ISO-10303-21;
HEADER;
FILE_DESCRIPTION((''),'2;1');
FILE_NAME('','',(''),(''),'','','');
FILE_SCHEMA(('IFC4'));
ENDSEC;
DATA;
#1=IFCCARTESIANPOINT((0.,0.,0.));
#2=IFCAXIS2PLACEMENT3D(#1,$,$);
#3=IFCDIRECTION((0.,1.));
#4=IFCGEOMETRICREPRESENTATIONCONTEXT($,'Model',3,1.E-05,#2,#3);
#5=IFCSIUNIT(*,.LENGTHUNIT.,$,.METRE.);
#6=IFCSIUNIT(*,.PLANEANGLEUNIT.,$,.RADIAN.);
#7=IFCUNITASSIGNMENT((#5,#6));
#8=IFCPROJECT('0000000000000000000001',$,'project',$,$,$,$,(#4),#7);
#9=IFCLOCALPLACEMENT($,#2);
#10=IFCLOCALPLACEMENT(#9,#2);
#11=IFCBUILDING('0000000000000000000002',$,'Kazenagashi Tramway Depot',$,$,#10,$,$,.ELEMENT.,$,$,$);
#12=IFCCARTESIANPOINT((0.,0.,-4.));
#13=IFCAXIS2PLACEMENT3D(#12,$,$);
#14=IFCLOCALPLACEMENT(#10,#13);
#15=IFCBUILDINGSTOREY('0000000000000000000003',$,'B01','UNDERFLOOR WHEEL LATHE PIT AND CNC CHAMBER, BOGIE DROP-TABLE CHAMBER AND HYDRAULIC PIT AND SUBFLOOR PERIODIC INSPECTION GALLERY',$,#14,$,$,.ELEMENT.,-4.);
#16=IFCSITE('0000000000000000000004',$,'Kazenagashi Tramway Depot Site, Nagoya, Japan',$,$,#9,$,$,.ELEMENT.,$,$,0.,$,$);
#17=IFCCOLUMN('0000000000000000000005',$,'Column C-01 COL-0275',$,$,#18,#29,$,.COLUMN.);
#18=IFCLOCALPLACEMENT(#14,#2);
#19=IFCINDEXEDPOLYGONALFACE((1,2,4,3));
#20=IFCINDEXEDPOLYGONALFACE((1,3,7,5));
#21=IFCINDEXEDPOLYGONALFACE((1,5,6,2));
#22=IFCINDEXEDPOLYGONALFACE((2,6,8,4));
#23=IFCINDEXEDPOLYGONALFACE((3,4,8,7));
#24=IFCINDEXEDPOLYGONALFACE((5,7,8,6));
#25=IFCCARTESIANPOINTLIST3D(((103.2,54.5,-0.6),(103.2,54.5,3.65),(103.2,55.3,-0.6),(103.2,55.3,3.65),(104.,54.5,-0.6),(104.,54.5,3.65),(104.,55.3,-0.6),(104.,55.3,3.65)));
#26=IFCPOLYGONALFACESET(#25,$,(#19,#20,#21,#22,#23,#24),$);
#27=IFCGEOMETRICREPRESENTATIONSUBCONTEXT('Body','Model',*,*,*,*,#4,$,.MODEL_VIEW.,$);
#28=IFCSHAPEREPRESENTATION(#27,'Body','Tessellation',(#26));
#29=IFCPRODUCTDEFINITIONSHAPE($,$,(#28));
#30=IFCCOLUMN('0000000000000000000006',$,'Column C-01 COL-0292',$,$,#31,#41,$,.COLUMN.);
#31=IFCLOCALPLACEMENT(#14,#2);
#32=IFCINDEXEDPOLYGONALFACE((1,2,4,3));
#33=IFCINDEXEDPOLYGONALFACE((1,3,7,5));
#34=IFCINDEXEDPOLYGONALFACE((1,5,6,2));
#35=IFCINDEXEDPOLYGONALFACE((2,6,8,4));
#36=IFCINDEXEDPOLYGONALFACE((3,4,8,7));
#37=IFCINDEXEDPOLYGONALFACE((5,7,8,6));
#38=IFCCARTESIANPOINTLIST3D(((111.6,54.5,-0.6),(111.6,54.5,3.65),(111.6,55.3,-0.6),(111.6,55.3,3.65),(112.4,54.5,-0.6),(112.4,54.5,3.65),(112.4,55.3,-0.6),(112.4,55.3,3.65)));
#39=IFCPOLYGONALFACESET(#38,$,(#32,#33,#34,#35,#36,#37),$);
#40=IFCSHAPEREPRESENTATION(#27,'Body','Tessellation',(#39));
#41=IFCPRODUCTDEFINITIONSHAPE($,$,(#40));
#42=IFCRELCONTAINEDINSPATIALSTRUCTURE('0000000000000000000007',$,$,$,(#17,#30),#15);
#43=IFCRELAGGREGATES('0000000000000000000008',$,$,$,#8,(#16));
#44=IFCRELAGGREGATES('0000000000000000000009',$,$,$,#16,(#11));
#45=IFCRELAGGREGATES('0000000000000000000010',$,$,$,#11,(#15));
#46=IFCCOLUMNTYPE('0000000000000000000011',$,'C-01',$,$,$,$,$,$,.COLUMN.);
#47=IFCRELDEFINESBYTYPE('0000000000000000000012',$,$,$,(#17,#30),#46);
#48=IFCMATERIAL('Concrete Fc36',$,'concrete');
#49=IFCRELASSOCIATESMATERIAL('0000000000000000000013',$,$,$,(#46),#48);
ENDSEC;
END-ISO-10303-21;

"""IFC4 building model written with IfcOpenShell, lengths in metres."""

from ifc_helpers import new_model, si_unit, direction, frame, origin, origin_2d, place, context, subcontext, project, spatial, rectangle, extrude, material, material_profile, profile_set, type_object, element, save


model = new_model("IFC4")

# Units and contexts
model_context = context("Model", 3, precision=1e-05, world=origin(), true_north=direction((0.0, 1.0)))
body_context = subcontext(model_context, "Body", "Model", "MODEL_VIEW")
ifc_project = project(units=[si_unit("LENGTHUNIT", "METRE"), si_unit("PLANEANGLEUNIT", "RADIAN")], contexts=[model_context])

# Site, building, storey
site_placement = place(None, origin())
site = spatial("IfcSite", under=ifc_project, at=site_placement, Name="Kazenagashi Tramway Depot Site, Nagoya, Japan", CompositionType="ELEMENT", RefElevation=0.0)
building_placement = place(site_placement, origin())
building = spatial("IfcBuilding", under=site, at=building_placement, Name="Kazenagashi Tramway Depot", CompositionType="ELEMENT")
storey_placement = place(building_placement, frame((0.0, 0.0, -4.0)))
storey = spatial("IfcBuildingStorey", under=building, at=storey_placement, Name="B01", Description="UNDERFLOOR WHEEL LATHE PIT AND CNC CHAMBER, BOGIE DROP-TABLE CHAMBER AND HYDRAULIC PIT AND SUBFLOOR PERIODIC INSPECTION GALLERY", CompositionType="ELEMENT", Elevation=-4.0)

# Columns
ifc_material_1 = material(Name="Concrete Fc36", Category="concrete")
ifc_material_profile_1 = material_profile(ifc_material_1, rectangle(XDim=0.8, YDim=0.8, at=origin_2d()), Name="RC-800x800")
ifc_profile_set_1 = profile_set([ifc_material_profile_1], Name="Concrete Fc36")
column_type = type_object("IfcColumnType", Name="C-01", PredefinedType="COLUMN", material=ifc_profile_set_1)
for number, where, z_axis, x_axis, name in (
    (1, (103.6, 54.9, -0.6), (0.0, 0.0, 1.0), (1.0, 0.0, 0.0), "Column C-01 COL-0275"),
    (2, (112.0, 54.9, -0.6), (0.0, 0.0, 1.0), (1.0, 0.0, 0.0), "Column C-01 COL-0292"),
):
    element("IfcColumn", number, at=place(storey_placement, frame(where, z_axis=z_axis, x_axis=x_axis)), inside=storey, type_object=column_type, Name=name, PredefinedType="COLUMN", context=body_context, shape_type="SweptSolid", body=[
        extrude(rectangle(XDim=0.8, YDim=0.8, at=origin_2d()), origin(), (0.0, 0.0, 1.0), 4.25),
    ])

save(model, "model.ifc")
